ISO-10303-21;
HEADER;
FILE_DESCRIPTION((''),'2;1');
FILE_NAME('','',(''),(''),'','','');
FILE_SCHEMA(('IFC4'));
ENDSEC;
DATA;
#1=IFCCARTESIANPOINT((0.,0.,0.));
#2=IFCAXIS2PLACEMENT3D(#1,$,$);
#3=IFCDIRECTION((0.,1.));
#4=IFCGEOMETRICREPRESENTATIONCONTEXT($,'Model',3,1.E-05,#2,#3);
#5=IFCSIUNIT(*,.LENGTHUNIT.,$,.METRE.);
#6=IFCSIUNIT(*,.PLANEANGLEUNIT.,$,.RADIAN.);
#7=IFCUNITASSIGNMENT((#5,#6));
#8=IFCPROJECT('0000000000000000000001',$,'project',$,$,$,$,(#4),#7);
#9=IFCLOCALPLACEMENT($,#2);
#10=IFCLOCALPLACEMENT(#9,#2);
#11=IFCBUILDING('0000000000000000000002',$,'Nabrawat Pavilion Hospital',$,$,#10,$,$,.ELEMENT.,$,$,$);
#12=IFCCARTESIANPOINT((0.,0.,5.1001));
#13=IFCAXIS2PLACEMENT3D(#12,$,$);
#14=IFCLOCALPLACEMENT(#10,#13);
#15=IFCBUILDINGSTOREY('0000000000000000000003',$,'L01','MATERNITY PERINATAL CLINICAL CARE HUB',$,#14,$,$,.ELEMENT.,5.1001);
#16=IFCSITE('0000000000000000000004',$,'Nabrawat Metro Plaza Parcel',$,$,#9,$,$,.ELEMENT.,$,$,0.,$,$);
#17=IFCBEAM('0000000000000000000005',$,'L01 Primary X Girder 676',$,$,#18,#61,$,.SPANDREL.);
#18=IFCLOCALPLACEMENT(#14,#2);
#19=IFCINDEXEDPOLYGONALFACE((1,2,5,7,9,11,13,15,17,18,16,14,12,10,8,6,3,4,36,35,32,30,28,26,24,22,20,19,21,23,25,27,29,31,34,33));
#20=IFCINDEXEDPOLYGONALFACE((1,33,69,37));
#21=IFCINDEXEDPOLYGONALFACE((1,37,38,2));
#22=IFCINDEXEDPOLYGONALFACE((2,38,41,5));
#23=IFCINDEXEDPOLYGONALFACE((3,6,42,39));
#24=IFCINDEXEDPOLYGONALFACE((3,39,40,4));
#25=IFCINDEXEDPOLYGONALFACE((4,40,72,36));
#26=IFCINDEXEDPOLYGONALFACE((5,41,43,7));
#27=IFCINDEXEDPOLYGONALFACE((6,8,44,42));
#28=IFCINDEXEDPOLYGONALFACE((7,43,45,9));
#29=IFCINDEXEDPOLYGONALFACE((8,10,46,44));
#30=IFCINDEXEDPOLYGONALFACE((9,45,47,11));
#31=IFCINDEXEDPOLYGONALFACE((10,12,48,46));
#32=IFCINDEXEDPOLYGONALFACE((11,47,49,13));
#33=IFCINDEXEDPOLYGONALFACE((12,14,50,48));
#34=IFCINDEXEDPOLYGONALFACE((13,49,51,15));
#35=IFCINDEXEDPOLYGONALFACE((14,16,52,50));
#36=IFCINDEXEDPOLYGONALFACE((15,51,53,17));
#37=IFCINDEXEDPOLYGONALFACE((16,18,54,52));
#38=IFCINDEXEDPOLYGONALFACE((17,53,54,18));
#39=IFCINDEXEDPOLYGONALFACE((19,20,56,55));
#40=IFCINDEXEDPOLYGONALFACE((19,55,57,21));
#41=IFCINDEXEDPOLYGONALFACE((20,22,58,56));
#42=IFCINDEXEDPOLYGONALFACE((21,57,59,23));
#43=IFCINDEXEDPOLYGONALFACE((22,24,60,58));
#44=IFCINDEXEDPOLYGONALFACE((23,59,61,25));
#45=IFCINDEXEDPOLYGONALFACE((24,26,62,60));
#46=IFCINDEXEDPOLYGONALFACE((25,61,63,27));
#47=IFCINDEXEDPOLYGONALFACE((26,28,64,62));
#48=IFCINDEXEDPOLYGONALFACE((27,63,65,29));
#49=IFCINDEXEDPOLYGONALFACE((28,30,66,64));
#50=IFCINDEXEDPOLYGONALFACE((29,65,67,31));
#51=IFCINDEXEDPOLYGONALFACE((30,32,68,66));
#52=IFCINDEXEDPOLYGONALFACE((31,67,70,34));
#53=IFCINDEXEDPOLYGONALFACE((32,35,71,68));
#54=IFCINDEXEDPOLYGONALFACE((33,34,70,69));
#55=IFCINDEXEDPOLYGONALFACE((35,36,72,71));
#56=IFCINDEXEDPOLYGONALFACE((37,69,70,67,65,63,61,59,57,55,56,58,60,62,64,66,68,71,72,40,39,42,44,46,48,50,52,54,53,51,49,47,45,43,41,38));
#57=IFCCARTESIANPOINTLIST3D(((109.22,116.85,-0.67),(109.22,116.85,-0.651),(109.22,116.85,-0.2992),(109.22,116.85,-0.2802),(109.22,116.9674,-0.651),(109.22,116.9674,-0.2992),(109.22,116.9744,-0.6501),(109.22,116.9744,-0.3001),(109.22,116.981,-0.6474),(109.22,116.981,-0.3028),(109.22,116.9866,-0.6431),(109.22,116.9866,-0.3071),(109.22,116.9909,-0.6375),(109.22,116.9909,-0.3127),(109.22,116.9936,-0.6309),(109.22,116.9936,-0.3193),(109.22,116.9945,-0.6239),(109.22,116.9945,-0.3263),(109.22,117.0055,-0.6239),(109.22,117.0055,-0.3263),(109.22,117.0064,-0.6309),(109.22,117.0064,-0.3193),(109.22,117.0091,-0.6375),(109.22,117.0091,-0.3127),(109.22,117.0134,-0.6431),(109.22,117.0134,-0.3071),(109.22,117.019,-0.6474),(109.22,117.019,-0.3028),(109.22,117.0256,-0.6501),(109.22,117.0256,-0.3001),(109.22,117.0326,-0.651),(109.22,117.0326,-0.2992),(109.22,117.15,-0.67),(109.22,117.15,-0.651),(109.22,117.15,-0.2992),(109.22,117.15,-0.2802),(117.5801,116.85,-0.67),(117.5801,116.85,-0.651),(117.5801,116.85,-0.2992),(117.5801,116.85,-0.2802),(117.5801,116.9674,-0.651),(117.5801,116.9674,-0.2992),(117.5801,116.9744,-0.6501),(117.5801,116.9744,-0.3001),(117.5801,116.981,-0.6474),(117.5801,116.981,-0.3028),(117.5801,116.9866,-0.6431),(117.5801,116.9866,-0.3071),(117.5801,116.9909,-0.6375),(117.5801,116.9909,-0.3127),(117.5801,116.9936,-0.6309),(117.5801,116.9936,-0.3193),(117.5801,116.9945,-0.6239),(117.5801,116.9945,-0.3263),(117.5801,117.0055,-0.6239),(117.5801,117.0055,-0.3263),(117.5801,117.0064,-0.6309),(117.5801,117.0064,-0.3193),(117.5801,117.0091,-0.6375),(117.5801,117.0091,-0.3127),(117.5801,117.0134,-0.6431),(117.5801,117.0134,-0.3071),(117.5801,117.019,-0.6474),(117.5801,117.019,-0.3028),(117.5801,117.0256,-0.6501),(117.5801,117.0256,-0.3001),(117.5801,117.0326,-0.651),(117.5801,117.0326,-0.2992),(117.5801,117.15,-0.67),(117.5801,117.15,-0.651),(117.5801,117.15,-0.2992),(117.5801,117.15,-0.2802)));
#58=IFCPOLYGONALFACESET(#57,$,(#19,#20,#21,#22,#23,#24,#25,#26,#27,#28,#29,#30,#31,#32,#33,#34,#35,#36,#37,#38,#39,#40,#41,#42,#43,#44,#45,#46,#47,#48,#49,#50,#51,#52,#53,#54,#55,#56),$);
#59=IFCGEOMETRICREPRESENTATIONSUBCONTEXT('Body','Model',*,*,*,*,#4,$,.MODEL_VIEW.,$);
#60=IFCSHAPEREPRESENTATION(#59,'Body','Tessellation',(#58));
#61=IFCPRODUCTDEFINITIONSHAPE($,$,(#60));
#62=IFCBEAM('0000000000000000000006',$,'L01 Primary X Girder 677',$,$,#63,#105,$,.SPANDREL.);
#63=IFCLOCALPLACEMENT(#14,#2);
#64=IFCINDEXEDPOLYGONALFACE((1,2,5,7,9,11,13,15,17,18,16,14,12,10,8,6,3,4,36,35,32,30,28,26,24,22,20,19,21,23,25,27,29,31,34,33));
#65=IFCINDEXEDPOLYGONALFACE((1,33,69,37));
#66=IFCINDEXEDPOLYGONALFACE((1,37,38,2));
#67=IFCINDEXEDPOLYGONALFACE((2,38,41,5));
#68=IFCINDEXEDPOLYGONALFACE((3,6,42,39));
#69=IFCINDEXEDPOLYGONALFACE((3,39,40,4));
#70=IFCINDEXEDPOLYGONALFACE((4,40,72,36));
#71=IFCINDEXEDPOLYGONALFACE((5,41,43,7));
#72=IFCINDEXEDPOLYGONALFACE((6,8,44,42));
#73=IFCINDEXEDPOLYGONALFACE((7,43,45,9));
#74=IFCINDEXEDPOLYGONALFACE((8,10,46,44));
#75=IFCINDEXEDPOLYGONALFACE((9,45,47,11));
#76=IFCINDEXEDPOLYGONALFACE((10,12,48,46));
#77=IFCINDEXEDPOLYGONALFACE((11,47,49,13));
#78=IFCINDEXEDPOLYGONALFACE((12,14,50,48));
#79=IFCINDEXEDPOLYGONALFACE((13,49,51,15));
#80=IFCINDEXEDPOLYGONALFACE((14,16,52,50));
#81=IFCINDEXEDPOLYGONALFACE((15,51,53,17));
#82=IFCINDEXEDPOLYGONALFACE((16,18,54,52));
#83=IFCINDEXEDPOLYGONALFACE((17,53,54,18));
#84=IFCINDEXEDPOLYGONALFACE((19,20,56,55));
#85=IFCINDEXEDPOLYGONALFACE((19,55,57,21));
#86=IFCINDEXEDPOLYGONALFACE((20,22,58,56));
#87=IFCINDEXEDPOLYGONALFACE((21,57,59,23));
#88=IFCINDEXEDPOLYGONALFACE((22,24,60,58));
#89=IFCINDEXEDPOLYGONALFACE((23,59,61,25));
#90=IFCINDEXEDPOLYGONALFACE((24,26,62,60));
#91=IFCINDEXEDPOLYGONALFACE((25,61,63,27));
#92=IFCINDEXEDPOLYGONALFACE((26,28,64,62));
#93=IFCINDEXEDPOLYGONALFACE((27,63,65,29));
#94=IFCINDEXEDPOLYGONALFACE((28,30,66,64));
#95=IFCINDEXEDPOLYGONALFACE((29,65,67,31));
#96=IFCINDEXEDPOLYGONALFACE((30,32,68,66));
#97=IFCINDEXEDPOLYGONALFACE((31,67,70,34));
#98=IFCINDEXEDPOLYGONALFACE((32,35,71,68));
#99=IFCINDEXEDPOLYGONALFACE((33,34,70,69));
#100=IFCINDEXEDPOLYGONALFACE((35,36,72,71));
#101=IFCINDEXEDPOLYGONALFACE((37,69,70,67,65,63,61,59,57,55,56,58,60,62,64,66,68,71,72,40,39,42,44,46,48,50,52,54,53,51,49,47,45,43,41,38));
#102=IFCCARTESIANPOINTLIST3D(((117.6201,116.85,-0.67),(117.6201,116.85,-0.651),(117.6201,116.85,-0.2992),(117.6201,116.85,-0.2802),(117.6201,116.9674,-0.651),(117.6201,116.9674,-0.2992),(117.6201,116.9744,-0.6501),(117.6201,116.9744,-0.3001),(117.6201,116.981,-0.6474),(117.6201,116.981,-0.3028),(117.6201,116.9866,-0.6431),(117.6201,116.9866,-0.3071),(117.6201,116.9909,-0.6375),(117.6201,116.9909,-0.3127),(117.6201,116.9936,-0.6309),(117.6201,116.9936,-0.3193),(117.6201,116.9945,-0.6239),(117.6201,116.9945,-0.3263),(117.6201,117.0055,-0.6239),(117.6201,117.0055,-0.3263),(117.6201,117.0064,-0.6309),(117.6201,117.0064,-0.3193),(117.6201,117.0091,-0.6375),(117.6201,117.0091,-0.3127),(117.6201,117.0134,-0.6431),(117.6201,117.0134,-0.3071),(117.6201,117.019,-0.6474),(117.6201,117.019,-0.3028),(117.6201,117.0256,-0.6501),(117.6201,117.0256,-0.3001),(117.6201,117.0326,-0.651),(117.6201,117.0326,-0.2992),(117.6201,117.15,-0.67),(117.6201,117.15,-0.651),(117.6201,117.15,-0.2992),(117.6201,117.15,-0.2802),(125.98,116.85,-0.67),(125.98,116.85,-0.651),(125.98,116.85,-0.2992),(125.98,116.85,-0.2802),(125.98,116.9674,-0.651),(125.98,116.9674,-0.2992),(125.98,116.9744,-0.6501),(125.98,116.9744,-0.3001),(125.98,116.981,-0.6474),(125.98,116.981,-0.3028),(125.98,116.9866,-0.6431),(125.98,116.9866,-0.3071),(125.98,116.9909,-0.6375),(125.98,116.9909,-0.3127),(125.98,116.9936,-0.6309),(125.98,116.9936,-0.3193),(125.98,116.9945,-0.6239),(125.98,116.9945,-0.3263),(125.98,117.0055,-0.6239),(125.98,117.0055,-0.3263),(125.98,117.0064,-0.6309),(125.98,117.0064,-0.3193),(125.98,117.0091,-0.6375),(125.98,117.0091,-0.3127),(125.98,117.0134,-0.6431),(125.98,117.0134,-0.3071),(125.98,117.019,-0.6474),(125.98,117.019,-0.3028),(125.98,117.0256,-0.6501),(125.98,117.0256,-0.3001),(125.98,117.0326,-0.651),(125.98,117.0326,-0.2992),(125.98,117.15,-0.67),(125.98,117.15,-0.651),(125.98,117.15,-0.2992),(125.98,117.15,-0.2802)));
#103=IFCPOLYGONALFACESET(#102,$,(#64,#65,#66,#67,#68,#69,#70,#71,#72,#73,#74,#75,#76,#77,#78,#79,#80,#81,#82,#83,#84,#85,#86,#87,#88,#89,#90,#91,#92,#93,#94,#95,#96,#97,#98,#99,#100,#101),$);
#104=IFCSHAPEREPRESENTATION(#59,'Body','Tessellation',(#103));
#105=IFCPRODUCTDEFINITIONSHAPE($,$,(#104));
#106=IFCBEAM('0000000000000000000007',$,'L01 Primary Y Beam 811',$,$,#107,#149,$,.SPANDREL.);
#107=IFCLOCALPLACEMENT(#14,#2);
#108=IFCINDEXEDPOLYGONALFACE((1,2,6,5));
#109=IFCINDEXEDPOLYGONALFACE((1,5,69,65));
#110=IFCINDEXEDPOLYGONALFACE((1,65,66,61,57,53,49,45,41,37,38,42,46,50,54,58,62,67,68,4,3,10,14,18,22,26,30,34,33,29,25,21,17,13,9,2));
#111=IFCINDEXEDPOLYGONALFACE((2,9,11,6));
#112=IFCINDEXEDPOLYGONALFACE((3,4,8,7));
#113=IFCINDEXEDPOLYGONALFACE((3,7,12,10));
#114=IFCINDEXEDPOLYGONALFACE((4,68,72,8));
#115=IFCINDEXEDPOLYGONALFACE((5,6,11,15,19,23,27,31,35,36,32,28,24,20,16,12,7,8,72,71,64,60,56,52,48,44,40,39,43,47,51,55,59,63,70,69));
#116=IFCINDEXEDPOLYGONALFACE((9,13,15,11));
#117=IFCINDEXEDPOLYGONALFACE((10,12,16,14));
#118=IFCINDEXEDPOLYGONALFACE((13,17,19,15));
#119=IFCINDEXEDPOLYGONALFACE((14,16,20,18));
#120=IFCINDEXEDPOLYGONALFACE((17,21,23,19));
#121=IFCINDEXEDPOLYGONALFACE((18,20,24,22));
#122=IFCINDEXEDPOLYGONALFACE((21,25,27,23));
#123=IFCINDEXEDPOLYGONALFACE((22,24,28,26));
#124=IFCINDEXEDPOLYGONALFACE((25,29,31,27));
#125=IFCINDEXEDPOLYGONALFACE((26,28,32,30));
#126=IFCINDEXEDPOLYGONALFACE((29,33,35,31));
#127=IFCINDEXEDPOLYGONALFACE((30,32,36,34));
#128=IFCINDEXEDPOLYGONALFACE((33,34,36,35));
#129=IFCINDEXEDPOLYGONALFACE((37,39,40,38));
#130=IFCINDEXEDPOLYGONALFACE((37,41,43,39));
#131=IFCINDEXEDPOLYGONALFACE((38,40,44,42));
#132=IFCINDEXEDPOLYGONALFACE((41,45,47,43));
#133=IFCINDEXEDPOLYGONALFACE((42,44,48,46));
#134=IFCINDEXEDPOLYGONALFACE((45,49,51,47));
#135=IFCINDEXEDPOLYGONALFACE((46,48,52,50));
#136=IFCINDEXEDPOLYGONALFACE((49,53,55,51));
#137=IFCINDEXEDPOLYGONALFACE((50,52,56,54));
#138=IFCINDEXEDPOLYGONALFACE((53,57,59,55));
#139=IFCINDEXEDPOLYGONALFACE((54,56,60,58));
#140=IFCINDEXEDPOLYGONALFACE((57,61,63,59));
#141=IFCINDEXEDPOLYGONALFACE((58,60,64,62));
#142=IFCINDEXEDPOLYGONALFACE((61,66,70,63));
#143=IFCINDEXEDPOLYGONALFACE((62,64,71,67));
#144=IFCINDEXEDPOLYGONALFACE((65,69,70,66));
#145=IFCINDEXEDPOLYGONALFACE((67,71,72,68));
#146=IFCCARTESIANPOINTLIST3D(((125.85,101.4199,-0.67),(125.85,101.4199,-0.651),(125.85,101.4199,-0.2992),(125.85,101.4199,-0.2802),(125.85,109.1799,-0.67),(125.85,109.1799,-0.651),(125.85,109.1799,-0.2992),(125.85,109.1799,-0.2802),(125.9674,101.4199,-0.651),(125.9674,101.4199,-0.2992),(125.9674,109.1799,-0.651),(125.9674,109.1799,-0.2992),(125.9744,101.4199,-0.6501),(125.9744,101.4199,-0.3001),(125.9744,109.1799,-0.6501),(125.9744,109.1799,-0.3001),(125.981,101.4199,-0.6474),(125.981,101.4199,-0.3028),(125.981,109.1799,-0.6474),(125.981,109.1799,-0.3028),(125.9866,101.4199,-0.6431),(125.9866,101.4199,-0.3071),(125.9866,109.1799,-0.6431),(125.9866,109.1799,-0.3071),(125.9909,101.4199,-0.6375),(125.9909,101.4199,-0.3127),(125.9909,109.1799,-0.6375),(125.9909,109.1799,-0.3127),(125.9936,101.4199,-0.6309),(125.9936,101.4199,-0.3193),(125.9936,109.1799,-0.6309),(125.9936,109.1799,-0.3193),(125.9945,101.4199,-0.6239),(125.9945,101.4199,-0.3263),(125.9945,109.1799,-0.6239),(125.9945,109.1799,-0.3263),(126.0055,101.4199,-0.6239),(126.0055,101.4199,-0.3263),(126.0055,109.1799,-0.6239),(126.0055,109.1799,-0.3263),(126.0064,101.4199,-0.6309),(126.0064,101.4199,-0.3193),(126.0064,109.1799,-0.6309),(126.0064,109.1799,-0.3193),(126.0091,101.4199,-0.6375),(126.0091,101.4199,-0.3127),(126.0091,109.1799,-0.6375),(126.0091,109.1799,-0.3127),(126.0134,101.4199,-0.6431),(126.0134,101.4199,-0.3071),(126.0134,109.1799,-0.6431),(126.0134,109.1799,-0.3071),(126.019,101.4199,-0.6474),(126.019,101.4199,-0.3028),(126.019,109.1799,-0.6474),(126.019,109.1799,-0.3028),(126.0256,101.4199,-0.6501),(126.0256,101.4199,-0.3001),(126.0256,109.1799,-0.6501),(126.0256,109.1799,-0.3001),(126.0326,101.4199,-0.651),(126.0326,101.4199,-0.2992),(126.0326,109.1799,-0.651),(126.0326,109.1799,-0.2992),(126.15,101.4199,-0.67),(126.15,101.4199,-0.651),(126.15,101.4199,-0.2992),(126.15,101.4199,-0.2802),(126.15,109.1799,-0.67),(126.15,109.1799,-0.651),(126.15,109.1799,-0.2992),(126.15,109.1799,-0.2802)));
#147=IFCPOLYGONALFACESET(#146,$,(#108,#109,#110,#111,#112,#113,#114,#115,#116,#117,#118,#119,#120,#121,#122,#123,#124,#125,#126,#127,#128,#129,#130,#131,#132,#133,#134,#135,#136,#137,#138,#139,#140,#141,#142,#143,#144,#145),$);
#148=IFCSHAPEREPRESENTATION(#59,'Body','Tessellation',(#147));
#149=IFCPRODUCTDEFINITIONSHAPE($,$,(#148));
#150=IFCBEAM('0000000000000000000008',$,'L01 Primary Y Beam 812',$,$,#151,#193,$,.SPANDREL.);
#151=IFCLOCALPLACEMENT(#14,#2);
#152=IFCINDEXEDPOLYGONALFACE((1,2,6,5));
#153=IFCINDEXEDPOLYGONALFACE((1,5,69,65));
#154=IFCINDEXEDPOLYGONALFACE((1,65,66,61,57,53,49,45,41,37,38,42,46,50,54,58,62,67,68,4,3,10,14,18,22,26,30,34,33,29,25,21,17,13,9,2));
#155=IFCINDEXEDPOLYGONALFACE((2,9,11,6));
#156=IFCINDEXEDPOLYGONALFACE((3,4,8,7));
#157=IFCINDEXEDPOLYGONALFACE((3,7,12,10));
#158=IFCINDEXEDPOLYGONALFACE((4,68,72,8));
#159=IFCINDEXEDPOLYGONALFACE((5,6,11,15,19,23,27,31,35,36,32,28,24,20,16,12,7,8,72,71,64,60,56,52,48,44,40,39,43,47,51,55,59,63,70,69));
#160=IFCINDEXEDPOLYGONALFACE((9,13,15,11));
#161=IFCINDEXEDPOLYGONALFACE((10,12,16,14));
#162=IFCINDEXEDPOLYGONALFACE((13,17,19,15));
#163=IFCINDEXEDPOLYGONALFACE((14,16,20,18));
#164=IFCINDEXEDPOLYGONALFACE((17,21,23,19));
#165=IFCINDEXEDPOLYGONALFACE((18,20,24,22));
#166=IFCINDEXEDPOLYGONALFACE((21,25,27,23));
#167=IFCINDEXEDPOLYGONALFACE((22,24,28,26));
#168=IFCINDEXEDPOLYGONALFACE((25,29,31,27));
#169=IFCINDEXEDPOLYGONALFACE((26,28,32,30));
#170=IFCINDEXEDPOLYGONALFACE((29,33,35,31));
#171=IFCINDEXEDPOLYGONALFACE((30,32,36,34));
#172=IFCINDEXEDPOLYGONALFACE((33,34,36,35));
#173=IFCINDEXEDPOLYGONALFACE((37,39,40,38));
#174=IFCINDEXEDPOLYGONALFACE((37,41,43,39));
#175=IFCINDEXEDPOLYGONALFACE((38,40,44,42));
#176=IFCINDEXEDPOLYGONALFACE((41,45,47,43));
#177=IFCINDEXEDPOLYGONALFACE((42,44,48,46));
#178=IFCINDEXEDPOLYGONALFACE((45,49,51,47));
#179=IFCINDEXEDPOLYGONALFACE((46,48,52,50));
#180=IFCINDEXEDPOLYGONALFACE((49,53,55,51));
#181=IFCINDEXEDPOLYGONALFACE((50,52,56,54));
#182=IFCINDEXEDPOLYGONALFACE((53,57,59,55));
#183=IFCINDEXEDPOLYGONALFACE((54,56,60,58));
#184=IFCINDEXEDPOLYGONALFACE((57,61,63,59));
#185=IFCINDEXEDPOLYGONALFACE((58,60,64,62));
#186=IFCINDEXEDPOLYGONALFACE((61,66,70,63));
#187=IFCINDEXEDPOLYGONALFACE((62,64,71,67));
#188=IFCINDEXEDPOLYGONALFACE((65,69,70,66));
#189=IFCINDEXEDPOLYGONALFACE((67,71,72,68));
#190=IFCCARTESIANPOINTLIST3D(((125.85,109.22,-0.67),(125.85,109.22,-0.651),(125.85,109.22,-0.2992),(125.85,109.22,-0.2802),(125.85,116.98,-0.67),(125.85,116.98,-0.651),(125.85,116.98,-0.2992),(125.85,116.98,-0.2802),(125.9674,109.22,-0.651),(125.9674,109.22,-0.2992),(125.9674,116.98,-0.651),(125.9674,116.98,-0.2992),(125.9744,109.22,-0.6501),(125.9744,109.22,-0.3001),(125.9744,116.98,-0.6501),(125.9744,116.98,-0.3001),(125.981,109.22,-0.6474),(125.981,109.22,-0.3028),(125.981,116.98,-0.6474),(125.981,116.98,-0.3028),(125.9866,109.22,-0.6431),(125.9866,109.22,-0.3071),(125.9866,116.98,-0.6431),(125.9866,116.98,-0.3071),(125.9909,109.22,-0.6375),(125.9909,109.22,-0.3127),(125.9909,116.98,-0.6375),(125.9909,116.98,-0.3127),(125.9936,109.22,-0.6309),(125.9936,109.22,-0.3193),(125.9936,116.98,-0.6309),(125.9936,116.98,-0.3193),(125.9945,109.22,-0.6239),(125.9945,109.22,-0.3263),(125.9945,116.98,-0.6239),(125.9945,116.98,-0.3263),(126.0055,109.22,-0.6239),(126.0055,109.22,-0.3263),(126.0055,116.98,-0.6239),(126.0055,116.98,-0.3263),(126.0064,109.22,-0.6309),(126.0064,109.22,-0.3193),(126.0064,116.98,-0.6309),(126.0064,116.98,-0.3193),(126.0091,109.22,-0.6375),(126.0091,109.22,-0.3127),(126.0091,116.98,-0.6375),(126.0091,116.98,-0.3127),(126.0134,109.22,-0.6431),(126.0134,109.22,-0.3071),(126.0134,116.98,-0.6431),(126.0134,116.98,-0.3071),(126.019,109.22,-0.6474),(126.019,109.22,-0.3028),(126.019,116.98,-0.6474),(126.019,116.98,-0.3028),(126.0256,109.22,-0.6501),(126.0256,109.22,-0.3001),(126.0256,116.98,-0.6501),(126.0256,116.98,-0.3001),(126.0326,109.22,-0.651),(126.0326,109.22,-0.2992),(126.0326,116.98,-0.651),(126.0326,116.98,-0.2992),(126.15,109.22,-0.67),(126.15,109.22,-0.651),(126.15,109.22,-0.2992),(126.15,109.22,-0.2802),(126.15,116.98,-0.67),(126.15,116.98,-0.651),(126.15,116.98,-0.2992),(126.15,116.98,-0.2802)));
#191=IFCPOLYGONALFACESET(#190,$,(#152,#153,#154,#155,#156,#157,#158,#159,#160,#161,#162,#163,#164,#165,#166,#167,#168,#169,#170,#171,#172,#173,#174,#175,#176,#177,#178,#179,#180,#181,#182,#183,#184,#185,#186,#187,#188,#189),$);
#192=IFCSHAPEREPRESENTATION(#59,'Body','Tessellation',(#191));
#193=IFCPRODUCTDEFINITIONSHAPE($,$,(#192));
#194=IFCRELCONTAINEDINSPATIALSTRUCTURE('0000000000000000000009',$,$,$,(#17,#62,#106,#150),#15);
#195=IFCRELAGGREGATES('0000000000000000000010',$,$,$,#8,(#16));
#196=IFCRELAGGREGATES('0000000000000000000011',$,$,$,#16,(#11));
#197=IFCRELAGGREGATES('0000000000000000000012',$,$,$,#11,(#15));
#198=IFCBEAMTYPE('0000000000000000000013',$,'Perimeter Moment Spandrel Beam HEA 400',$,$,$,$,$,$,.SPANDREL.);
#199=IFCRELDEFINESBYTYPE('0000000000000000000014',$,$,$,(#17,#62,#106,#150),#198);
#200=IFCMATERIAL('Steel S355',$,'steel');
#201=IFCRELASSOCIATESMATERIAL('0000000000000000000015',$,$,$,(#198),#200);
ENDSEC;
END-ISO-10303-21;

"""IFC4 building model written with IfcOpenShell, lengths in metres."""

from ifc_helpers import new_model, si_unit, direction, frame, origin, origin_2d, place, context, subcontext, project, spatial, i_section, extrude, material, material_profile, profile_set, type_object, element, save


model = new_model("IFC4")

# Units and contexts
model_context = context("Model", 3, precision=1e-05, world=origin(), true_north=direction((0.0, 1.0)))
body_context = subcontext(model_context, "Body", "Model", "MODEL_VIEW")
ifc_project = project(units=[si_unit("LENGTHUNIT", "METRE"), si_unit("PLANEANGLEUNIT", "RADIAN")], contexts=[model_context])

# Site, building, storey
site_placement = place(None, origin())
site = spatial("IfcSite", under=ifc_project, at=site_placement, Name="Nabrawat Metro Plaza Parcel", CompositionType="ELEMENT", RefElevation=0.0)
building_placement = place(site_placement, origin())
building = spatial("IfcBuilding", under=site, at=building_placement, Name="Nabrawat Pavilion Hospital", CompositionType="ELEMENT")
storey_placement = place(building_placement, frame((0.0, 0.0, 5.1001)))
storey = spatial("IfcBuildingStorey", under=building, at=storey_placement, Name="L01", Description="MATERNITY PERINATAL CLINICAL CARE HUB", CompositionType="ELEMENT", Elevation=5.1001)

# Shared definitions
ifc_material_1 = material(Name="Steel S355", Category="steel")

# Beams
ifc_material_profile_1 = material_profile(ifc_material_1, i_section(OverallWidth=0.3, OverallDepth=0.3899, WebThickness=0.011, FlangeThickness=0.019, FilletRadius=0.0271, at=origin_2d()), Name="HEA 400")
ifc_profile_set_1 = profile_set([ifc_material_profile_1], Name="Steel S355")
beam_type_1 = type_object("IfcBeamType", Name="Perimeter Moment Spandrel Beam HEA 400", PredefinedType="SPANDREL", material=ifc_profile_set_1)
beam_1_placement = place(storey_placement, frame((109.22, 117.0, -0.4751), z_axis=(1.0, 0.0, 0.0), x_axis=(0.0, 1.0, 0.0)))
element("IfcBeam", 1, at=beam_1_placement, inside=storey, type_object=beam_type_1, Name="L01 Primary X Girder 676", PredefinedType="SPANDREL", context=body_context, shape_type="SweptSolid", body=[
    extrude(i_section(OverallWidth=0.3, OverallDepth=0.3899, WebThickness=0.011, FlangeThickness=0.019, FilletRadius=0.0271, at=origin_2d()), origin(), (0.0, 0.0, 1.0), 8.3601),
])
beam_2_placement = place(storey_placement, frame((117.6201, 117.0, -0.4751), z_axis=(1.0, 0.0, 0.0), x_axis=(0.0, 1.0, 0.0)))
element("IfcBeam", 2, at=beam_2_placement, inside=storey, type_object=beam_type_1, Name="L01 Primary X Girder 677", PredefinedType="SPANDREL", context=body_context, shape_type="SweptSolid", body=[
    extrude(i_section(OverallWidth=0.3, OverallDepth=0.3899, WebThickness=0.011, FlangeThickness=0.019, FilletRadius=0.0271, at=origin_2d()), origin(), (0.0, 0.0, 1.0), 8.3599),
])
for number, where, z_axis, x_axis, name in (
    (3, (126.0, 101.4199, -0.4751), (0.0, 1.0, 0.0), (-1.0, 0.0, 0.0), "L01 Primary Y Beam 811"),
    (4, (126.0, 109.22, -0.4751), (0.0, 1.0, 0.0), (-1.0, 0.0, 0.0), "L01 Primary Y Beam 812"),
):
    element("IfcBeam", number, at=place(storey_placement, frame(where, z_axis=z_axis, x_axis=x_axis)), inside=storey, type_object=beam_type_1, Name=name, PredefinedType="SPANDREL", context=body_context, shape_type="SweptSolid", body=[
        extrude(i_section(OverallWidth=0.3, OverallDepth=0.3899, WebThickness=0.011, FlangeThickness=0.019, FilletRadius=0.0271, at=origin_2d()), origin(), (0.0, 0.0, 1.0), 7.76),
    ])

save(model, "model.ifc")
